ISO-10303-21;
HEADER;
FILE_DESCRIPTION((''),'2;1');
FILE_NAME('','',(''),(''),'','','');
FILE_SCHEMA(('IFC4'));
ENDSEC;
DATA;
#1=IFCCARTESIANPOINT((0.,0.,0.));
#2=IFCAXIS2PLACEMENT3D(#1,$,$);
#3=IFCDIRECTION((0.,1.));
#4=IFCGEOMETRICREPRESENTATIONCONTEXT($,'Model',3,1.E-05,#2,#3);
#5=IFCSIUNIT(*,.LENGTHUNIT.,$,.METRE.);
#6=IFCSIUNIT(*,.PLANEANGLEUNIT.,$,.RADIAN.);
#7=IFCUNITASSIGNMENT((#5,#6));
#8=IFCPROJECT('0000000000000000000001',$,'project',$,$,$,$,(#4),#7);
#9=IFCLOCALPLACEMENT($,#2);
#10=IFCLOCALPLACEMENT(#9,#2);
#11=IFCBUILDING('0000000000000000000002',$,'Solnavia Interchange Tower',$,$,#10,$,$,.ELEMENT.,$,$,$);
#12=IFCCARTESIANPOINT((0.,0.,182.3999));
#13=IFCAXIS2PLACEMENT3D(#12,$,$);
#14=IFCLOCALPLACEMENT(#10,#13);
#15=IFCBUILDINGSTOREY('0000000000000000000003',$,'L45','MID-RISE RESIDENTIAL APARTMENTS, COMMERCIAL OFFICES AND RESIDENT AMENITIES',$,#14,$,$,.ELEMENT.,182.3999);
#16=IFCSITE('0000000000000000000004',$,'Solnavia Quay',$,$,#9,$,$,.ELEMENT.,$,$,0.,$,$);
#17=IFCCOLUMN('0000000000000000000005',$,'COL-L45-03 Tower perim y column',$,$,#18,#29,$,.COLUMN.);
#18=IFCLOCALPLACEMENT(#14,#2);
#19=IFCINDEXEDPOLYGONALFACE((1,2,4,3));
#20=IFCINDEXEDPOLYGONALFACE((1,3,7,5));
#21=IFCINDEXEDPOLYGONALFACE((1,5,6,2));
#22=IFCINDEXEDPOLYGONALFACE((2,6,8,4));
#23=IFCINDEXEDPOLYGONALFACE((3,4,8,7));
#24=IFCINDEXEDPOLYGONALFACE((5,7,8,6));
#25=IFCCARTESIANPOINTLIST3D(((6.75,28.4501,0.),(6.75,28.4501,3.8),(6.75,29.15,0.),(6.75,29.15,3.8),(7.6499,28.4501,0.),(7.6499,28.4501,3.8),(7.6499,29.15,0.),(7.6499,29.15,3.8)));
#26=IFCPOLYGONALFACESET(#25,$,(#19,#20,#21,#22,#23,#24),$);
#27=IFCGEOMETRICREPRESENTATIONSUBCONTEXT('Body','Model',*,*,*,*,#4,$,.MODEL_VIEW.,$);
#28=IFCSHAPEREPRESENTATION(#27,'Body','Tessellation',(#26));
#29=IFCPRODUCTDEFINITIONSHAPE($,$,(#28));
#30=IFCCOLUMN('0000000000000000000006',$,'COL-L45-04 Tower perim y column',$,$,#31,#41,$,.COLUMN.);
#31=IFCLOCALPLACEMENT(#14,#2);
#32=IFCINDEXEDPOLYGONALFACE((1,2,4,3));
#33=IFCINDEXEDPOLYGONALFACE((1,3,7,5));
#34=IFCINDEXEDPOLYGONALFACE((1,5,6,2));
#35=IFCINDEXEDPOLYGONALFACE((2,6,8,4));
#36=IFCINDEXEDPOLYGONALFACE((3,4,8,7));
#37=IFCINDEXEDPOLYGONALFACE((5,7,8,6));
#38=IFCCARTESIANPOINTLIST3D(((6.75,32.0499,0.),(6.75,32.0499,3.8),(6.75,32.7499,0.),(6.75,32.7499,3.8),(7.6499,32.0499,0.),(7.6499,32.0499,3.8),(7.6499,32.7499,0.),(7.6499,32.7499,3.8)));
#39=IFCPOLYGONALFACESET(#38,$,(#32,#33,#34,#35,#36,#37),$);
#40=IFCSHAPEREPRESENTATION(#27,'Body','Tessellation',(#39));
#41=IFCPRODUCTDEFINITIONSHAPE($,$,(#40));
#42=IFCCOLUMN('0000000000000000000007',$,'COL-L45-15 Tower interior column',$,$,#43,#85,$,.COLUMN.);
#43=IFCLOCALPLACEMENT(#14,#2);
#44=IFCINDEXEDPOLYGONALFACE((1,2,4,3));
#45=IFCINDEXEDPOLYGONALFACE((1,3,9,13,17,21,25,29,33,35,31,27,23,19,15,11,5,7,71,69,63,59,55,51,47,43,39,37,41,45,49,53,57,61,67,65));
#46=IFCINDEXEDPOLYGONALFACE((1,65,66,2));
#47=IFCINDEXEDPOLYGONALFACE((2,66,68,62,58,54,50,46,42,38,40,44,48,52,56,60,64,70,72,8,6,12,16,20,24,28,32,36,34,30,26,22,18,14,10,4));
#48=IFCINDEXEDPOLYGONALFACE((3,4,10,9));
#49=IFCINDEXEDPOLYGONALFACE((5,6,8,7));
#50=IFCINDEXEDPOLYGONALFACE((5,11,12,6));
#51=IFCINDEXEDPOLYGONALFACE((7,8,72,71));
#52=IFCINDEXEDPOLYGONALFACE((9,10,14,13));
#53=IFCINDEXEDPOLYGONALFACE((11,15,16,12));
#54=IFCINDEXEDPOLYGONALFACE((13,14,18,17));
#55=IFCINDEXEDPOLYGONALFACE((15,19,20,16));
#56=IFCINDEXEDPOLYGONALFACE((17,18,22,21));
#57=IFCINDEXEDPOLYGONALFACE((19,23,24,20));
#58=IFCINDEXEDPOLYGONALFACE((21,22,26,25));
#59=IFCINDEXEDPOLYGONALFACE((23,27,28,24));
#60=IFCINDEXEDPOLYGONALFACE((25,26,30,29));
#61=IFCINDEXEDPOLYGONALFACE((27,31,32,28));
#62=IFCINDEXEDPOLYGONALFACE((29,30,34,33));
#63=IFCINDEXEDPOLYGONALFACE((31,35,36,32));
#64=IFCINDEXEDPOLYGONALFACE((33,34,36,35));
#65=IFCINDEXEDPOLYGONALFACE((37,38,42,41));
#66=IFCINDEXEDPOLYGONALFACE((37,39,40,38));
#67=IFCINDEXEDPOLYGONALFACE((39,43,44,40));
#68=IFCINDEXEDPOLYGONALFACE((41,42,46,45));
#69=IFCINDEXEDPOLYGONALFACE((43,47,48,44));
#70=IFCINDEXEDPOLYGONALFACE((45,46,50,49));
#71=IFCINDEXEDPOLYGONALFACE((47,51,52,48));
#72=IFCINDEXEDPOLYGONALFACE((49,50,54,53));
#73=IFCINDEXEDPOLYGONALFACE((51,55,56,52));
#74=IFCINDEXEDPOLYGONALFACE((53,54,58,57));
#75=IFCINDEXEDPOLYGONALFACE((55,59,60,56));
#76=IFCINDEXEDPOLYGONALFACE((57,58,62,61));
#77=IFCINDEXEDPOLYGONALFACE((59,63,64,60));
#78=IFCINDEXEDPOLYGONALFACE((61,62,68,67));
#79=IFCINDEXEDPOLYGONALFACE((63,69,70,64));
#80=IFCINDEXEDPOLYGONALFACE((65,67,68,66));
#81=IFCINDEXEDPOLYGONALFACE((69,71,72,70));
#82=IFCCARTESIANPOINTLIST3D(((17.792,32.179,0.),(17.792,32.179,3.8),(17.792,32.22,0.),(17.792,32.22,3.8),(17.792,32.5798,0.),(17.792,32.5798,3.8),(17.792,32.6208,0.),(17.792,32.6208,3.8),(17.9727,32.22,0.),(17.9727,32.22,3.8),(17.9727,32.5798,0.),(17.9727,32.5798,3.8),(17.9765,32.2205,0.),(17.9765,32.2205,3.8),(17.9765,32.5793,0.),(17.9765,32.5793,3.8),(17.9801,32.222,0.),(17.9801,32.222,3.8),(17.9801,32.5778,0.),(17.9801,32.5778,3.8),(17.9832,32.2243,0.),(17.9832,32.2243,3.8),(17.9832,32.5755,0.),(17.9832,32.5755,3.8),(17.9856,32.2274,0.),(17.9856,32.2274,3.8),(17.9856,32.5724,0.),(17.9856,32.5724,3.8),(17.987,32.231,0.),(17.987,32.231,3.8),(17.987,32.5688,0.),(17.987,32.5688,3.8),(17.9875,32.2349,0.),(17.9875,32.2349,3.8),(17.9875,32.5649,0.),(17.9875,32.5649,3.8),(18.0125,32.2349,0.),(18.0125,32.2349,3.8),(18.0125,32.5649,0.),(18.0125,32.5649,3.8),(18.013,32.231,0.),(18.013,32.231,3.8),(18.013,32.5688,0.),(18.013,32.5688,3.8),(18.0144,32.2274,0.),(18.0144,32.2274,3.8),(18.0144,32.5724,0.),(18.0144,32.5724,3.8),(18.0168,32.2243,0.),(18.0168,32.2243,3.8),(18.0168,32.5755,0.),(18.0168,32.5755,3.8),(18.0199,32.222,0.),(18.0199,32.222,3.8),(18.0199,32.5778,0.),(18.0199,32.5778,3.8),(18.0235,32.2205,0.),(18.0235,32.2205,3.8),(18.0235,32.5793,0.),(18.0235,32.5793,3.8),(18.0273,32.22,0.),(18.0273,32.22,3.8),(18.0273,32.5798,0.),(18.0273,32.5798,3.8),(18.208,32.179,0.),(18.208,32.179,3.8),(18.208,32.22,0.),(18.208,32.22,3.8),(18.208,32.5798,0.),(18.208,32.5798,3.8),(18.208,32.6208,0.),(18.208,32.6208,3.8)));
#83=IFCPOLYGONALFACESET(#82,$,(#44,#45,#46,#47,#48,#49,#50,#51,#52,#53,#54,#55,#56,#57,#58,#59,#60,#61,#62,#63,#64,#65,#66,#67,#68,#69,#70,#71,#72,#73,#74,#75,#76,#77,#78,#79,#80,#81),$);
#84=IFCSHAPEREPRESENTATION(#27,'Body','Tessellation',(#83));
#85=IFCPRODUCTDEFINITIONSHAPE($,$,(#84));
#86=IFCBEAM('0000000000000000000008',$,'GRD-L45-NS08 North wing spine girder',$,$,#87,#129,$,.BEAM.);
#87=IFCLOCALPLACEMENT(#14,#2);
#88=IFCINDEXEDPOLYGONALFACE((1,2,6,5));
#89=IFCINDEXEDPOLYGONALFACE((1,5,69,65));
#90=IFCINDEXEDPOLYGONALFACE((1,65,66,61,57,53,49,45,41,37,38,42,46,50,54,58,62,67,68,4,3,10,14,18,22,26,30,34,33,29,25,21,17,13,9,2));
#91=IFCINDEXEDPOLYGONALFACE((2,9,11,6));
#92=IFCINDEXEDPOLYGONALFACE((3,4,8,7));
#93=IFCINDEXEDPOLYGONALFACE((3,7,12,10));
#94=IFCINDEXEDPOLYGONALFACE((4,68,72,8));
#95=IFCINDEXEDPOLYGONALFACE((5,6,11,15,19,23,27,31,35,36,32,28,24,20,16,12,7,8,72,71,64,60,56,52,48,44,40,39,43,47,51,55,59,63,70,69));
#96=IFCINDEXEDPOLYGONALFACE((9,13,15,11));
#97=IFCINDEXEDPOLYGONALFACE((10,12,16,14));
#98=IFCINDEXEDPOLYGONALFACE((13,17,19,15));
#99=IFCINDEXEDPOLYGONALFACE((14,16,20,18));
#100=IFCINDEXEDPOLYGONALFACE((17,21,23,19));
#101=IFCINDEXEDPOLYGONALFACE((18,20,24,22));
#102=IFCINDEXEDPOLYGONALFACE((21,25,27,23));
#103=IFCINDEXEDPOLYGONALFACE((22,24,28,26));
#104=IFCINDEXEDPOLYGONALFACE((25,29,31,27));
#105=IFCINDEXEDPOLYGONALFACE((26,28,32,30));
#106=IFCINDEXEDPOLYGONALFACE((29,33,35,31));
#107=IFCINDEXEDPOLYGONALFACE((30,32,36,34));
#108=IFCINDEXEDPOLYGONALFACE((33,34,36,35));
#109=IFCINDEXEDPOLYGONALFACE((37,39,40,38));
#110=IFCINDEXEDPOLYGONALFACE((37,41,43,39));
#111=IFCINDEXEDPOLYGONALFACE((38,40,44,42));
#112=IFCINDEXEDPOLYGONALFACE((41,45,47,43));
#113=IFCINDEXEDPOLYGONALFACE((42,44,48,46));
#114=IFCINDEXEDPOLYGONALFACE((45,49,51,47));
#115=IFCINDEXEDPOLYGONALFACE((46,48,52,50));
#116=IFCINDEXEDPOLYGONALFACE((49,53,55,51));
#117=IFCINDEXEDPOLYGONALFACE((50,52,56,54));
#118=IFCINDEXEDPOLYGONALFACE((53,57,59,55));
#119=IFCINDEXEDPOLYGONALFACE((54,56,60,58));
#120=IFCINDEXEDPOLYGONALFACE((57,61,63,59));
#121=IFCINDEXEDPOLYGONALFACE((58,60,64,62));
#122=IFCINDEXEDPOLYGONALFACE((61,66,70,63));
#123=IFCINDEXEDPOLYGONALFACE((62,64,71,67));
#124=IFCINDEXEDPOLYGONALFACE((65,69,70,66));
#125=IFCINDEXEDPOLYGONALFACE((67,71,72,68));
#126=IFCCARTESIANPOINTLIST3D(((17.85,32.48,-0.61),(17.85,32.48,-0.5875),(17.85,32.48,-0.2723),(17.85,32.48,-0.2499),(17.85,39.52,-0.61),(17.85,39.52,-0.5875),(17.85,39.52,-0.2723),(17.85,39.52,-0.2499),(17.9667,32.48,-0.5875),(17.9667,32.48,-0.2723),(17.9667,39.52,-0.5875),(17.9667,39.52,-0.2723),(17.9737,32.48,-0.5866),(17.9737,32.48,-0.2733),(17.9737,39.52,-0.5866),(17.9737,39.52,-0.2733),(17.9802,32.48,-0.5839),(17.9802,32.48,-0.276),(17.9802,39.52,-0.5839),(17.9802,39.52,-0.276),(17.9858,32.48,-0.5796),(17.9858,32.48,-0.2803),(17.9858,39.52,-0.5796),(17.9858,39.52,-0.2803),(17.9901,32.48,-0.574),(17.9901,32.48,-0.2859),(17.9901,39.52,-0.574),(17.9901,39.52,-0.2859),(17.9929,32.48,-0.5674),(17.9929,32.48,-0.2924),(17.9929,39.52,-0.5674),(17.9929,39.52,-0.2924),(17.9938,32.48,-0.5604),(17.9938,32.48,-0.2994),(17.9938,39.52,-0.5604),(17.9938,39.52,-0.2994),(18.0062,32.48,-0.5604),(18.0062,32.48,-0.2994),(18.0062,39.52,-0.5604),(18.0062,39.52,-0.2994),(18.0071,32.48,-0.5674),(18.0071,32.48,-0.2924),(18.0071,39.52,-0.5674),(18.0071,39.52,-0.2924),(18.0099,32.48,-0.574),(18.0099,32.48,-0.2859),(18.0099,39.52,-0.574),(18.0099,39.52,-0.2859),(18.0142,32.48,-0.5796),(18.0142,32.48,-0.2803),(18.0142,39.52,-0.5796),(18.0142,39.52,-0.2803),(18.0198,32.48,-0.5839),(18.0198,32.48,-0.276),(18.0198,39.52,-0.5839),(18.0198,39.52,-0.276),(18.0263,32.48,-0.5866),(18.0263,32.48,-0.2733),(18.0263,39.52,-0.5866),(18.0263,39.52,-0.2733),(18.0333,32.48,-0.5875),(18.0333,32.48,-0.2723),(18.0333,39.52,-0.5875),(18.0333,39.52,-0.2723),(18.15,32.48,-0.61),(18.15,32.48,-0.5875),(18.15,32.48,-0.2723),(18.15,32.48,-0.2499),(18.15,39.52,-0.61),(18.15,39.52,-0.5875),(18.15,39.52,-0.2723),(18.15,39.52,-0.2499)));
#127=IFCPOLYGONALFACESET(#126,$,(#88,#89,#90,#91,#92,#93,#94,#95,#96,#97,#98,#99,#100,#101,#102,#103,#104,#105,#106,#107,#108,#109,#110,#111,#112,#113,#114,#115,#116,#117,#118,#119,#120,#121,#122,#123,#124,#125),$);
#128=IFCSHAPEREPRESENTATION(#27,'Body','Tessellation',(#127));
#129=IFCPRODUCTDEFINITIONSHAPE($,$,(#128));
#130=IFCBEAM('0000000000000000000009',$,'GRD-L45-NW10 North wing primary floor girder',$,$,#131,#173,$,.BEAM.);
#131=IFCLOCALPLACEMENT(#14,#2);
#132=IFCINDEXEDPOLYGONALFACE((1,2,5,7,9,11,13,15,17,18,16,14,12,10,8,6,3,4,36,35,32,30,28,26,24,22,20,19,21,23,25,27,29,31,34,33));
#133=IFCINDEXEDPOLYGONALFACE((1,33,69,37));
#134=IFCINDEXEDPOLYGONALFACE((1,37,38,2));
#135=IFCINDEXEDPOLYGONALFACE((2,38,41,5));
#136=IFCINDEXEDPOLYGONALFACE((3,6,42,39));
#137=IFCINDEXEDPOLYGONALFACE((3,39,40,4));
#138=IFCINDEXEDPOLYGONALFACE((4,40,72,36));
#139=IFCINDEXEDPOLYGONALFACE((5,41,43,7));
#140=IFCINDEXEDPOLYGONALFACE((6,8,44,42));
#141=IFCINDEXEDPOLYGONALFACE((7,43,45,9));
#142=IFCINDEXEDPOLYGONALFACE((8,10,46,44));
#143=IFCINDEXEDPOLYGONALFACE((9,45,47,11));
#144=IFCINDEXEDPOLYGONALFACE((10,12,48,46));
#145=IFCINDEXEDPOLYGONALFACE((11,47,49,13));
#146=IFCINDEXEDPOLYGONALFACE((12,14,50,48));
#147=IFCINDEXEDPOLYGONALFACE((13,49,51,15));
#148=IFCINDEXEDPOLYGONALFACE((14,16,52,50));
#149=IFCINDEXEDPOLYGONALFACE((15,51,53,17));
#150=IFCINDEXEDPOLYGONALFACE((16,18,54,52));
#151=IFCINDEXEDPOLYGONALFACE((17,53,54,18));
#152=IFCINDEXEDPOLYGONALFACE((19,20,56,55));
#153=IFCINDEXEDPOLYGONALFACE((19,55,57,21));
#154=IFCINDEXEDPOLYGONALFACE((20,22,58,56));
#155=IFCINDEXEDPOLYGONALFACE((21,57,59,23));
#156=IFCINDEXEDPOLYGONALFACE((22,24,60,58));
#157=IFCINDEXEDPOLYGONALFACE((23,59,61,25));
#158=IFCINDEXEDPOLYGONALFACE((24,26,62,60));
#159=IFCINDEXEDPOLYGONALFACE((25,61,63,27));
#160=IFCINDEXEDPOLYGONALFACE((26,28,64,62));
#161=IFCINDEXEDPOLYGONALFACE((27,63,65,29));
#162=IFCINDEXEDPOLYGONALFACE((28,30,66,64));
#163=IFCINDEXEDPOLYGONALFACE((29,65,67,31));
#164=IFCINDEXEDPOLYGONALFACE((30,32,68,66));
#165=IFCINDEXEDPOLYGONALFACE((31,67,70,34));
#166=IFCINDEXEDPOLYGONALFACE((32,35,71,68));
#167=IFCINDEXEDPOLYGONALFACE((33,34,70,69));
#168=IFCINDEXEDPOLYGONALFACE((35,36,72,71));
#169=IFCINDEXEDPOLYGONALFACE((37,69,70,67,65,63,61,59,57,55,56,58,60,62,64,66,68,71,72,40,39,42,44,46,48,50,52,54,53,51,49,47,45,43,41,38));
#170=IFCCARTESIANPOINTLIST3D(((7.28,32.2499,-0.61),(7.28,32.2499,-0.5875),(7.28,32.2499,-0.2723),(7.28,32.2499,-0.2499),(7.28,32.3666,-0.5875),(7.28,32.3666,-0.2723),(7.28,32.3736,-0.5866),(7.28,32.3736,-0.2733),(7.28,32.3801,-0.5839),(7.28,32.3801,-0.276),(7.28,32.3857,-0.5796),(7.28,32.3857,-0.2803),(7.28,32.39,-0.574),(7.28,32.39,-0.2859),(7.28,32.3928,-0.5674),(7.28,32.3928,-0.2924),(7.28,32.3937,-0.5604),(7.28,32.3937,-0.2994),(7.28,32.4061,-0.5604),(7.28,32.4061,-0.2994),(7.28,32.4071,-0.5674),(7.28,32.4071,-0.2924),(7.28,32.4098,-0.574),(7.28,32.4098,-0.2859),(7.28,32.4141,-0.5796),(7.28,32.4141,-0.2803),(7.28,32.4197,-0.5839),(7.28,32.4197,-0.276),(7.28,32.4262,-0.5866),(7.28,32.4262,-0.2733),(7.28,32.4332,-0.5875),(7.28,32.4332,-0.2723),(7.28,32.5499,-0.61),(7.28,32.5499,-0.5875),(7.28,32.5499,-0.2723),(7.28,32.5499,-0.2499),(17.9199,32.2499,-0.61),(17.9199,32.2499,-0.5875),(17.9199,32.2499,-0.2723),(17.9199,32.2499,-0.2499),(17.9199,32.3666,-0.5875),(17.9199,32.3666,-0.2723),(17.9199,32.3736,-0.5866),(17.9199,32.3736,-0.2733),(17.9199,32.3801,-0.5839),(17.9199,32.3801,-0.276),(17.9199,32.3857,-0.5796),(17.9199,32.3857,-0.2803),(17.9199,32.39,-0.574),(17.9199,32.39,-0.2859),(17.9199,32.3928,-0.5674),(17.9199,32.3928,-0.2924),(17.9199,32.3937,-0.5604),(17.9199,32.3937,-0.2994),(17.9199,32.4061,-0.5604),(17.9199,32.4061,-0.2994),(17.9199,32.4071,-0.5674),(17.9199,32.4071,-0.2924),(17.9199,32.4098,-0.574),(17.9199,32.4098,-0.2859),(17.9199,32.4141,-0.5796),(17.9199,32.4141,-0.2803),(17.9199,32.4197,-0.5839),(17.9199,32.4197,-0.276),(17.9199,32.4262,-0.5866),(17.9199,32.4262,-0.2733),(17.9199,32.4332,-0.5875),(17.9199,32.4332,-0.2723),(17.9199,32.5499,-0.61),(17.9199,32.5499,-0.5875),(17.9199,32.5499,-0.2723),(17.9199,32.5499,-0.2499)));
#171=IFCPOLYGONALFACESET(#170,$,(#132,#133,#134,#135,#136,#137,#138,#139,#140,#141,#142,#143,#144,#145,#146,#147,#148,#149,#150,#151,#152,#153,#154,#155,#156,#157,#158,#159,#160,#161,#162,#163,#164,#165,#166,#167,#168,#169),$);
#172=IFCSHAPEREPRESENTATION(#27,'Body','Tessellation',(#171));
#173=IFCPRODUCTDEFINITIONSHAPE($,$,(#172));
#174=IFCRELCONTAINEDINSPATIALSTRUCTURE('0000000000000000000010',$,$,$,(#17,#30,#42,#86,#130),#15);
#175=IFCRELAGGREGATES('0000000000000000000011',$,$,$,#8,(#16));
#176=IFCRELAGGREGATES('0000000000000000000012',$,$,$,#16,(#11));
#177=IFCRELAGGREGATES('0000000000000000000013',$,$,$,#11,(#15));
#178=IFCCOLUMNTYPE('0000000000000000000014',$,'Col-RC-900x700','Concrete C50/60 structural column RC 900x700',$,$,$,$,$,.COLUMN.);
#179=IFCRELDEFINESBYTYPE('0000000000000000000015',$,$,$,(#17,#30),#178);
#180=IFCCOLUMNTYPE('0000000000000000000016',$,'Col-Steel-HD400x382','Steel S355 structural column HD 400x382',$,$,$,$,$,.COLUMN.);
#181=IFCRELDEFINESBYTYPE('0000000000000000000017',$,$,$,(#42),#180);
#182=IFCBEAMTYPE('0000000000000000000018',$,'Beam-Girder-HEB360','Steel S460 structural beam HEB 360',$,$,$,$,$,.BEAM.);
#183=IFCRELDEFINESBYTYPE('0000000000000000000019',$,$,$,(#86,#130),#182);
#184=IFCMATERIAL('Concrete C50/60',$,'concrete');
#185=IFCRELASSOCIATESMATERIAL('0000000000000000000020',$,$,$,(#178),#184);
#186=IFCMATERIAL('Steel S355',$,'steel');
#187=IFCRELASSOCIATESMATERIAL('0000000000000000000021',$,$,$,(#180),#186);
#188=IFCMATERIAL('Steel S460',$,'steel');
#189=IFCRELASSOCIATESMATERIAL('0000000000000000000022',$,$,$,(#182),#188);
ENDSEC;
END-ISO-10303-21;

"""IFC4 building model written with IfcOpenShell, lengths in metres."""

from ifc_helpers import new_model, si_unit, direction, frame, origin, origin_2d, place, context, subcontext, project, spatial, rectangle, i_section, extrude, material, material_profile, profile_set, type_object, element, save


model = new_model("IFC4")

# Units and contexts
model_context = context("Model", 3, precision=1e-05, world=origin(), true_north=direction((0.0, 1.0)))
body_context = subcontext(model_context, "Body", "Model", "MODEL_VIEW")
ifc_project = project(units=[si_unit("LENGTHUNIT", "METRE"), si_unit("PLANEANGLEUNIT", "RADIAN")], contexts=[model_context])

# Site, building, storey
site_placement = place(None, origin())
site = spatial("IfcSite", under=ifc_project, at=site_placement, Name="Solnavia Quay", CompositionType="ELEMENT", RefElevation=0.0)
building_placement = place(site_placement, origin())
building = spatial("IfcBuilding", under=site, at=building_placement, Name="Solnavia Interchange Tower", CompositionType="ELEMENT")
storey_placement = place(building_placement, frame((0.0, 0.0, 182.3999)))
storey = spatial("IfcBuildingStorey", under=building, at=storey_placement, Name="L45", Description="MID-RISE RESIDENTIAL APARTMENTS, COMMERCIAL OFFICES AND RESIDENT AMENITIES", CompositionType="ELEMENT", Elevation=182.3999)

# Columns
ifc_material_1 = material(Name="Concrete C50/60", Category="concrete")
ifc_material_profile_1 = material_profile(ifc_material_1, rectangle(XDim=0.7, YDim=0.8999, at=origin_2d()), Name="RC 900x700")
ifc_profile_set_1 = profile_set([ifc_material_profile_1], Name="Concrete C50/60")
column_type_1 = type_object("IfcColumnType", Name="Col-RC-900x700", Description="Concrete C50/60 structural column RC 900x700", PredefinedType="COLUMN", material=ifc_profile_set_1)
for number, where, z_axis, x_axis, name in (
    (1, (7.2, 28.8, 0.0), (0.0, 0.0, 1.0), (0.0, 1.0, 0.0), "COL-L45-03 Tower perim y column"),
    (2, (7.2, 32.3999, 0.0), (0.0, 0.0, 1.0), (0.0, 1.0, 0.0), "COL-L45-04 Tower perim y column"),
):
    element("IfcColumn", number, at=place(storey_placement, frame(where, z_axis=z_axis, x_axis=x_axis)), inside=storey, type_object=column_type_1, Name=name, PredefinedType="COLUMN", context=body_context, shape_type="SweptSolid", body=[
        extrude(rectangle(XDim=0.7, YDim=0.8999, at=origin_2d()), origin(), (0.0, 0.0, 1.0), 3.8),
    ])
ifc_material_2 = material(Name="Steel S355", Category="steel")
ifc_material_profile_2 = material_profile(ifc_material_2, i_section(OverallWidth=0.416, OverallDepth=0.4419, WebThickness=0.0249, FlangeThickness=0.041, FilletRadius=0.0149, at=origin_2d()), Name="HD 400x382")
ifc_profile_set_2 = profile_set([ifc_material_profile_2], Name="Steel S355")
column_type_2 = type_object("IfcColumnType", Name="Col-Steel-HD400x382", Description="Steel S355 structural column HD 400x382", PredefinedType="COLUMN", material=ifc_profile_set_2)
column_placement = place(storey_placement, frame((18.0, 32.3999, 0.0), z_axis=(0.0, 0.0, 1.0), x_axis=(1.0, 0.0, 0.0)))
element("IfcColumn", 3, at=column_placement, inside=storey, type_object=column_type_2, Name="COL-L45-15 Tower interior column", PredefinedType="COLUMN", context=body_context, shape_type="SweptSolid", body=[
    extrude(i_section(OverallWidth=0.416, OverallDepth=0.4419, WebThickness=0.0249, FlangeThickness=0.041, FilletRadius=0.0149, at=origin_2d()), origin(), (0.0, 0.0, 1.0), 3.8),
])

# Beams
ifc_material_3 = material(Name="Steel S460", Category="steel")
ifc_material_profile_3 = material_profile(ifc_material_3, i_section(OverallWidth=0.3, OverallDepth=0.3601, WebThickness=0.0125, FlangeThickness=0.0225, FilletRadius=0.0271, at=origin_2d()), Name="HEB 360")
ifc_profile_set_3 = profile_set([ifc_material_profile_3], Name="Steel S460")
beam_type_1 = type_object("IfcBeamType", Name="Beam-Girder-HEB360", Description="Steel S460 structural beam HEB 360", PredefinedType="BEAM", material=ifc_profile_set_3)
beam_1_placement = place(storey_placement, frame((18.0, 32.48, -0.4299), z_axis=(0.0, 1.0, 0.0), x_axis=(-1.0, 0.0, 0.0)))
element("IfcBeam", 4, at=beam_1_placement, inside=storey, type_object=beam_type_1, Name="GRD-L45-NS08 North wing spine girder", PredefinedType="BEAM", context=body_context, shape_type="SweptSolid", body=[
    extrude(i_section(OverallWidth=0.3, OverallDepth=0.3601, WebThickness=0.0125, FlangeThickness=0.0225, FilletRadius=0.0271, at=origin_2d()), origin(), (0.0, 0.0, 1.0), 7.04),
])
beam_2_placement = place(storey_placement, frame((7.28, 32.3999, -0.4299), z_axis=(1.0, 0.0, 0.0), x_axis=(0.0, 1.0, 0.0)))
element("IfcBeam", 5, at=beam_2_placement, inside=storey, type_object=beam_type_1, Name="GRD-L45-NW10 North wing primary floor girder", PredefinedType="BEAM", context=body_context, shape_type="SweptSolid", body=[
    extrude(i_section(OverallWidth=0.3, OverallDepth=0.3601, WebThickness=0.0125, FlangeThickness=0.0225, FilletRadius=0.0271, at=origin_2d()), origin(), (0.0, 0.0, 1.0), 10.6399),
])

save(model, "model.ifc")
